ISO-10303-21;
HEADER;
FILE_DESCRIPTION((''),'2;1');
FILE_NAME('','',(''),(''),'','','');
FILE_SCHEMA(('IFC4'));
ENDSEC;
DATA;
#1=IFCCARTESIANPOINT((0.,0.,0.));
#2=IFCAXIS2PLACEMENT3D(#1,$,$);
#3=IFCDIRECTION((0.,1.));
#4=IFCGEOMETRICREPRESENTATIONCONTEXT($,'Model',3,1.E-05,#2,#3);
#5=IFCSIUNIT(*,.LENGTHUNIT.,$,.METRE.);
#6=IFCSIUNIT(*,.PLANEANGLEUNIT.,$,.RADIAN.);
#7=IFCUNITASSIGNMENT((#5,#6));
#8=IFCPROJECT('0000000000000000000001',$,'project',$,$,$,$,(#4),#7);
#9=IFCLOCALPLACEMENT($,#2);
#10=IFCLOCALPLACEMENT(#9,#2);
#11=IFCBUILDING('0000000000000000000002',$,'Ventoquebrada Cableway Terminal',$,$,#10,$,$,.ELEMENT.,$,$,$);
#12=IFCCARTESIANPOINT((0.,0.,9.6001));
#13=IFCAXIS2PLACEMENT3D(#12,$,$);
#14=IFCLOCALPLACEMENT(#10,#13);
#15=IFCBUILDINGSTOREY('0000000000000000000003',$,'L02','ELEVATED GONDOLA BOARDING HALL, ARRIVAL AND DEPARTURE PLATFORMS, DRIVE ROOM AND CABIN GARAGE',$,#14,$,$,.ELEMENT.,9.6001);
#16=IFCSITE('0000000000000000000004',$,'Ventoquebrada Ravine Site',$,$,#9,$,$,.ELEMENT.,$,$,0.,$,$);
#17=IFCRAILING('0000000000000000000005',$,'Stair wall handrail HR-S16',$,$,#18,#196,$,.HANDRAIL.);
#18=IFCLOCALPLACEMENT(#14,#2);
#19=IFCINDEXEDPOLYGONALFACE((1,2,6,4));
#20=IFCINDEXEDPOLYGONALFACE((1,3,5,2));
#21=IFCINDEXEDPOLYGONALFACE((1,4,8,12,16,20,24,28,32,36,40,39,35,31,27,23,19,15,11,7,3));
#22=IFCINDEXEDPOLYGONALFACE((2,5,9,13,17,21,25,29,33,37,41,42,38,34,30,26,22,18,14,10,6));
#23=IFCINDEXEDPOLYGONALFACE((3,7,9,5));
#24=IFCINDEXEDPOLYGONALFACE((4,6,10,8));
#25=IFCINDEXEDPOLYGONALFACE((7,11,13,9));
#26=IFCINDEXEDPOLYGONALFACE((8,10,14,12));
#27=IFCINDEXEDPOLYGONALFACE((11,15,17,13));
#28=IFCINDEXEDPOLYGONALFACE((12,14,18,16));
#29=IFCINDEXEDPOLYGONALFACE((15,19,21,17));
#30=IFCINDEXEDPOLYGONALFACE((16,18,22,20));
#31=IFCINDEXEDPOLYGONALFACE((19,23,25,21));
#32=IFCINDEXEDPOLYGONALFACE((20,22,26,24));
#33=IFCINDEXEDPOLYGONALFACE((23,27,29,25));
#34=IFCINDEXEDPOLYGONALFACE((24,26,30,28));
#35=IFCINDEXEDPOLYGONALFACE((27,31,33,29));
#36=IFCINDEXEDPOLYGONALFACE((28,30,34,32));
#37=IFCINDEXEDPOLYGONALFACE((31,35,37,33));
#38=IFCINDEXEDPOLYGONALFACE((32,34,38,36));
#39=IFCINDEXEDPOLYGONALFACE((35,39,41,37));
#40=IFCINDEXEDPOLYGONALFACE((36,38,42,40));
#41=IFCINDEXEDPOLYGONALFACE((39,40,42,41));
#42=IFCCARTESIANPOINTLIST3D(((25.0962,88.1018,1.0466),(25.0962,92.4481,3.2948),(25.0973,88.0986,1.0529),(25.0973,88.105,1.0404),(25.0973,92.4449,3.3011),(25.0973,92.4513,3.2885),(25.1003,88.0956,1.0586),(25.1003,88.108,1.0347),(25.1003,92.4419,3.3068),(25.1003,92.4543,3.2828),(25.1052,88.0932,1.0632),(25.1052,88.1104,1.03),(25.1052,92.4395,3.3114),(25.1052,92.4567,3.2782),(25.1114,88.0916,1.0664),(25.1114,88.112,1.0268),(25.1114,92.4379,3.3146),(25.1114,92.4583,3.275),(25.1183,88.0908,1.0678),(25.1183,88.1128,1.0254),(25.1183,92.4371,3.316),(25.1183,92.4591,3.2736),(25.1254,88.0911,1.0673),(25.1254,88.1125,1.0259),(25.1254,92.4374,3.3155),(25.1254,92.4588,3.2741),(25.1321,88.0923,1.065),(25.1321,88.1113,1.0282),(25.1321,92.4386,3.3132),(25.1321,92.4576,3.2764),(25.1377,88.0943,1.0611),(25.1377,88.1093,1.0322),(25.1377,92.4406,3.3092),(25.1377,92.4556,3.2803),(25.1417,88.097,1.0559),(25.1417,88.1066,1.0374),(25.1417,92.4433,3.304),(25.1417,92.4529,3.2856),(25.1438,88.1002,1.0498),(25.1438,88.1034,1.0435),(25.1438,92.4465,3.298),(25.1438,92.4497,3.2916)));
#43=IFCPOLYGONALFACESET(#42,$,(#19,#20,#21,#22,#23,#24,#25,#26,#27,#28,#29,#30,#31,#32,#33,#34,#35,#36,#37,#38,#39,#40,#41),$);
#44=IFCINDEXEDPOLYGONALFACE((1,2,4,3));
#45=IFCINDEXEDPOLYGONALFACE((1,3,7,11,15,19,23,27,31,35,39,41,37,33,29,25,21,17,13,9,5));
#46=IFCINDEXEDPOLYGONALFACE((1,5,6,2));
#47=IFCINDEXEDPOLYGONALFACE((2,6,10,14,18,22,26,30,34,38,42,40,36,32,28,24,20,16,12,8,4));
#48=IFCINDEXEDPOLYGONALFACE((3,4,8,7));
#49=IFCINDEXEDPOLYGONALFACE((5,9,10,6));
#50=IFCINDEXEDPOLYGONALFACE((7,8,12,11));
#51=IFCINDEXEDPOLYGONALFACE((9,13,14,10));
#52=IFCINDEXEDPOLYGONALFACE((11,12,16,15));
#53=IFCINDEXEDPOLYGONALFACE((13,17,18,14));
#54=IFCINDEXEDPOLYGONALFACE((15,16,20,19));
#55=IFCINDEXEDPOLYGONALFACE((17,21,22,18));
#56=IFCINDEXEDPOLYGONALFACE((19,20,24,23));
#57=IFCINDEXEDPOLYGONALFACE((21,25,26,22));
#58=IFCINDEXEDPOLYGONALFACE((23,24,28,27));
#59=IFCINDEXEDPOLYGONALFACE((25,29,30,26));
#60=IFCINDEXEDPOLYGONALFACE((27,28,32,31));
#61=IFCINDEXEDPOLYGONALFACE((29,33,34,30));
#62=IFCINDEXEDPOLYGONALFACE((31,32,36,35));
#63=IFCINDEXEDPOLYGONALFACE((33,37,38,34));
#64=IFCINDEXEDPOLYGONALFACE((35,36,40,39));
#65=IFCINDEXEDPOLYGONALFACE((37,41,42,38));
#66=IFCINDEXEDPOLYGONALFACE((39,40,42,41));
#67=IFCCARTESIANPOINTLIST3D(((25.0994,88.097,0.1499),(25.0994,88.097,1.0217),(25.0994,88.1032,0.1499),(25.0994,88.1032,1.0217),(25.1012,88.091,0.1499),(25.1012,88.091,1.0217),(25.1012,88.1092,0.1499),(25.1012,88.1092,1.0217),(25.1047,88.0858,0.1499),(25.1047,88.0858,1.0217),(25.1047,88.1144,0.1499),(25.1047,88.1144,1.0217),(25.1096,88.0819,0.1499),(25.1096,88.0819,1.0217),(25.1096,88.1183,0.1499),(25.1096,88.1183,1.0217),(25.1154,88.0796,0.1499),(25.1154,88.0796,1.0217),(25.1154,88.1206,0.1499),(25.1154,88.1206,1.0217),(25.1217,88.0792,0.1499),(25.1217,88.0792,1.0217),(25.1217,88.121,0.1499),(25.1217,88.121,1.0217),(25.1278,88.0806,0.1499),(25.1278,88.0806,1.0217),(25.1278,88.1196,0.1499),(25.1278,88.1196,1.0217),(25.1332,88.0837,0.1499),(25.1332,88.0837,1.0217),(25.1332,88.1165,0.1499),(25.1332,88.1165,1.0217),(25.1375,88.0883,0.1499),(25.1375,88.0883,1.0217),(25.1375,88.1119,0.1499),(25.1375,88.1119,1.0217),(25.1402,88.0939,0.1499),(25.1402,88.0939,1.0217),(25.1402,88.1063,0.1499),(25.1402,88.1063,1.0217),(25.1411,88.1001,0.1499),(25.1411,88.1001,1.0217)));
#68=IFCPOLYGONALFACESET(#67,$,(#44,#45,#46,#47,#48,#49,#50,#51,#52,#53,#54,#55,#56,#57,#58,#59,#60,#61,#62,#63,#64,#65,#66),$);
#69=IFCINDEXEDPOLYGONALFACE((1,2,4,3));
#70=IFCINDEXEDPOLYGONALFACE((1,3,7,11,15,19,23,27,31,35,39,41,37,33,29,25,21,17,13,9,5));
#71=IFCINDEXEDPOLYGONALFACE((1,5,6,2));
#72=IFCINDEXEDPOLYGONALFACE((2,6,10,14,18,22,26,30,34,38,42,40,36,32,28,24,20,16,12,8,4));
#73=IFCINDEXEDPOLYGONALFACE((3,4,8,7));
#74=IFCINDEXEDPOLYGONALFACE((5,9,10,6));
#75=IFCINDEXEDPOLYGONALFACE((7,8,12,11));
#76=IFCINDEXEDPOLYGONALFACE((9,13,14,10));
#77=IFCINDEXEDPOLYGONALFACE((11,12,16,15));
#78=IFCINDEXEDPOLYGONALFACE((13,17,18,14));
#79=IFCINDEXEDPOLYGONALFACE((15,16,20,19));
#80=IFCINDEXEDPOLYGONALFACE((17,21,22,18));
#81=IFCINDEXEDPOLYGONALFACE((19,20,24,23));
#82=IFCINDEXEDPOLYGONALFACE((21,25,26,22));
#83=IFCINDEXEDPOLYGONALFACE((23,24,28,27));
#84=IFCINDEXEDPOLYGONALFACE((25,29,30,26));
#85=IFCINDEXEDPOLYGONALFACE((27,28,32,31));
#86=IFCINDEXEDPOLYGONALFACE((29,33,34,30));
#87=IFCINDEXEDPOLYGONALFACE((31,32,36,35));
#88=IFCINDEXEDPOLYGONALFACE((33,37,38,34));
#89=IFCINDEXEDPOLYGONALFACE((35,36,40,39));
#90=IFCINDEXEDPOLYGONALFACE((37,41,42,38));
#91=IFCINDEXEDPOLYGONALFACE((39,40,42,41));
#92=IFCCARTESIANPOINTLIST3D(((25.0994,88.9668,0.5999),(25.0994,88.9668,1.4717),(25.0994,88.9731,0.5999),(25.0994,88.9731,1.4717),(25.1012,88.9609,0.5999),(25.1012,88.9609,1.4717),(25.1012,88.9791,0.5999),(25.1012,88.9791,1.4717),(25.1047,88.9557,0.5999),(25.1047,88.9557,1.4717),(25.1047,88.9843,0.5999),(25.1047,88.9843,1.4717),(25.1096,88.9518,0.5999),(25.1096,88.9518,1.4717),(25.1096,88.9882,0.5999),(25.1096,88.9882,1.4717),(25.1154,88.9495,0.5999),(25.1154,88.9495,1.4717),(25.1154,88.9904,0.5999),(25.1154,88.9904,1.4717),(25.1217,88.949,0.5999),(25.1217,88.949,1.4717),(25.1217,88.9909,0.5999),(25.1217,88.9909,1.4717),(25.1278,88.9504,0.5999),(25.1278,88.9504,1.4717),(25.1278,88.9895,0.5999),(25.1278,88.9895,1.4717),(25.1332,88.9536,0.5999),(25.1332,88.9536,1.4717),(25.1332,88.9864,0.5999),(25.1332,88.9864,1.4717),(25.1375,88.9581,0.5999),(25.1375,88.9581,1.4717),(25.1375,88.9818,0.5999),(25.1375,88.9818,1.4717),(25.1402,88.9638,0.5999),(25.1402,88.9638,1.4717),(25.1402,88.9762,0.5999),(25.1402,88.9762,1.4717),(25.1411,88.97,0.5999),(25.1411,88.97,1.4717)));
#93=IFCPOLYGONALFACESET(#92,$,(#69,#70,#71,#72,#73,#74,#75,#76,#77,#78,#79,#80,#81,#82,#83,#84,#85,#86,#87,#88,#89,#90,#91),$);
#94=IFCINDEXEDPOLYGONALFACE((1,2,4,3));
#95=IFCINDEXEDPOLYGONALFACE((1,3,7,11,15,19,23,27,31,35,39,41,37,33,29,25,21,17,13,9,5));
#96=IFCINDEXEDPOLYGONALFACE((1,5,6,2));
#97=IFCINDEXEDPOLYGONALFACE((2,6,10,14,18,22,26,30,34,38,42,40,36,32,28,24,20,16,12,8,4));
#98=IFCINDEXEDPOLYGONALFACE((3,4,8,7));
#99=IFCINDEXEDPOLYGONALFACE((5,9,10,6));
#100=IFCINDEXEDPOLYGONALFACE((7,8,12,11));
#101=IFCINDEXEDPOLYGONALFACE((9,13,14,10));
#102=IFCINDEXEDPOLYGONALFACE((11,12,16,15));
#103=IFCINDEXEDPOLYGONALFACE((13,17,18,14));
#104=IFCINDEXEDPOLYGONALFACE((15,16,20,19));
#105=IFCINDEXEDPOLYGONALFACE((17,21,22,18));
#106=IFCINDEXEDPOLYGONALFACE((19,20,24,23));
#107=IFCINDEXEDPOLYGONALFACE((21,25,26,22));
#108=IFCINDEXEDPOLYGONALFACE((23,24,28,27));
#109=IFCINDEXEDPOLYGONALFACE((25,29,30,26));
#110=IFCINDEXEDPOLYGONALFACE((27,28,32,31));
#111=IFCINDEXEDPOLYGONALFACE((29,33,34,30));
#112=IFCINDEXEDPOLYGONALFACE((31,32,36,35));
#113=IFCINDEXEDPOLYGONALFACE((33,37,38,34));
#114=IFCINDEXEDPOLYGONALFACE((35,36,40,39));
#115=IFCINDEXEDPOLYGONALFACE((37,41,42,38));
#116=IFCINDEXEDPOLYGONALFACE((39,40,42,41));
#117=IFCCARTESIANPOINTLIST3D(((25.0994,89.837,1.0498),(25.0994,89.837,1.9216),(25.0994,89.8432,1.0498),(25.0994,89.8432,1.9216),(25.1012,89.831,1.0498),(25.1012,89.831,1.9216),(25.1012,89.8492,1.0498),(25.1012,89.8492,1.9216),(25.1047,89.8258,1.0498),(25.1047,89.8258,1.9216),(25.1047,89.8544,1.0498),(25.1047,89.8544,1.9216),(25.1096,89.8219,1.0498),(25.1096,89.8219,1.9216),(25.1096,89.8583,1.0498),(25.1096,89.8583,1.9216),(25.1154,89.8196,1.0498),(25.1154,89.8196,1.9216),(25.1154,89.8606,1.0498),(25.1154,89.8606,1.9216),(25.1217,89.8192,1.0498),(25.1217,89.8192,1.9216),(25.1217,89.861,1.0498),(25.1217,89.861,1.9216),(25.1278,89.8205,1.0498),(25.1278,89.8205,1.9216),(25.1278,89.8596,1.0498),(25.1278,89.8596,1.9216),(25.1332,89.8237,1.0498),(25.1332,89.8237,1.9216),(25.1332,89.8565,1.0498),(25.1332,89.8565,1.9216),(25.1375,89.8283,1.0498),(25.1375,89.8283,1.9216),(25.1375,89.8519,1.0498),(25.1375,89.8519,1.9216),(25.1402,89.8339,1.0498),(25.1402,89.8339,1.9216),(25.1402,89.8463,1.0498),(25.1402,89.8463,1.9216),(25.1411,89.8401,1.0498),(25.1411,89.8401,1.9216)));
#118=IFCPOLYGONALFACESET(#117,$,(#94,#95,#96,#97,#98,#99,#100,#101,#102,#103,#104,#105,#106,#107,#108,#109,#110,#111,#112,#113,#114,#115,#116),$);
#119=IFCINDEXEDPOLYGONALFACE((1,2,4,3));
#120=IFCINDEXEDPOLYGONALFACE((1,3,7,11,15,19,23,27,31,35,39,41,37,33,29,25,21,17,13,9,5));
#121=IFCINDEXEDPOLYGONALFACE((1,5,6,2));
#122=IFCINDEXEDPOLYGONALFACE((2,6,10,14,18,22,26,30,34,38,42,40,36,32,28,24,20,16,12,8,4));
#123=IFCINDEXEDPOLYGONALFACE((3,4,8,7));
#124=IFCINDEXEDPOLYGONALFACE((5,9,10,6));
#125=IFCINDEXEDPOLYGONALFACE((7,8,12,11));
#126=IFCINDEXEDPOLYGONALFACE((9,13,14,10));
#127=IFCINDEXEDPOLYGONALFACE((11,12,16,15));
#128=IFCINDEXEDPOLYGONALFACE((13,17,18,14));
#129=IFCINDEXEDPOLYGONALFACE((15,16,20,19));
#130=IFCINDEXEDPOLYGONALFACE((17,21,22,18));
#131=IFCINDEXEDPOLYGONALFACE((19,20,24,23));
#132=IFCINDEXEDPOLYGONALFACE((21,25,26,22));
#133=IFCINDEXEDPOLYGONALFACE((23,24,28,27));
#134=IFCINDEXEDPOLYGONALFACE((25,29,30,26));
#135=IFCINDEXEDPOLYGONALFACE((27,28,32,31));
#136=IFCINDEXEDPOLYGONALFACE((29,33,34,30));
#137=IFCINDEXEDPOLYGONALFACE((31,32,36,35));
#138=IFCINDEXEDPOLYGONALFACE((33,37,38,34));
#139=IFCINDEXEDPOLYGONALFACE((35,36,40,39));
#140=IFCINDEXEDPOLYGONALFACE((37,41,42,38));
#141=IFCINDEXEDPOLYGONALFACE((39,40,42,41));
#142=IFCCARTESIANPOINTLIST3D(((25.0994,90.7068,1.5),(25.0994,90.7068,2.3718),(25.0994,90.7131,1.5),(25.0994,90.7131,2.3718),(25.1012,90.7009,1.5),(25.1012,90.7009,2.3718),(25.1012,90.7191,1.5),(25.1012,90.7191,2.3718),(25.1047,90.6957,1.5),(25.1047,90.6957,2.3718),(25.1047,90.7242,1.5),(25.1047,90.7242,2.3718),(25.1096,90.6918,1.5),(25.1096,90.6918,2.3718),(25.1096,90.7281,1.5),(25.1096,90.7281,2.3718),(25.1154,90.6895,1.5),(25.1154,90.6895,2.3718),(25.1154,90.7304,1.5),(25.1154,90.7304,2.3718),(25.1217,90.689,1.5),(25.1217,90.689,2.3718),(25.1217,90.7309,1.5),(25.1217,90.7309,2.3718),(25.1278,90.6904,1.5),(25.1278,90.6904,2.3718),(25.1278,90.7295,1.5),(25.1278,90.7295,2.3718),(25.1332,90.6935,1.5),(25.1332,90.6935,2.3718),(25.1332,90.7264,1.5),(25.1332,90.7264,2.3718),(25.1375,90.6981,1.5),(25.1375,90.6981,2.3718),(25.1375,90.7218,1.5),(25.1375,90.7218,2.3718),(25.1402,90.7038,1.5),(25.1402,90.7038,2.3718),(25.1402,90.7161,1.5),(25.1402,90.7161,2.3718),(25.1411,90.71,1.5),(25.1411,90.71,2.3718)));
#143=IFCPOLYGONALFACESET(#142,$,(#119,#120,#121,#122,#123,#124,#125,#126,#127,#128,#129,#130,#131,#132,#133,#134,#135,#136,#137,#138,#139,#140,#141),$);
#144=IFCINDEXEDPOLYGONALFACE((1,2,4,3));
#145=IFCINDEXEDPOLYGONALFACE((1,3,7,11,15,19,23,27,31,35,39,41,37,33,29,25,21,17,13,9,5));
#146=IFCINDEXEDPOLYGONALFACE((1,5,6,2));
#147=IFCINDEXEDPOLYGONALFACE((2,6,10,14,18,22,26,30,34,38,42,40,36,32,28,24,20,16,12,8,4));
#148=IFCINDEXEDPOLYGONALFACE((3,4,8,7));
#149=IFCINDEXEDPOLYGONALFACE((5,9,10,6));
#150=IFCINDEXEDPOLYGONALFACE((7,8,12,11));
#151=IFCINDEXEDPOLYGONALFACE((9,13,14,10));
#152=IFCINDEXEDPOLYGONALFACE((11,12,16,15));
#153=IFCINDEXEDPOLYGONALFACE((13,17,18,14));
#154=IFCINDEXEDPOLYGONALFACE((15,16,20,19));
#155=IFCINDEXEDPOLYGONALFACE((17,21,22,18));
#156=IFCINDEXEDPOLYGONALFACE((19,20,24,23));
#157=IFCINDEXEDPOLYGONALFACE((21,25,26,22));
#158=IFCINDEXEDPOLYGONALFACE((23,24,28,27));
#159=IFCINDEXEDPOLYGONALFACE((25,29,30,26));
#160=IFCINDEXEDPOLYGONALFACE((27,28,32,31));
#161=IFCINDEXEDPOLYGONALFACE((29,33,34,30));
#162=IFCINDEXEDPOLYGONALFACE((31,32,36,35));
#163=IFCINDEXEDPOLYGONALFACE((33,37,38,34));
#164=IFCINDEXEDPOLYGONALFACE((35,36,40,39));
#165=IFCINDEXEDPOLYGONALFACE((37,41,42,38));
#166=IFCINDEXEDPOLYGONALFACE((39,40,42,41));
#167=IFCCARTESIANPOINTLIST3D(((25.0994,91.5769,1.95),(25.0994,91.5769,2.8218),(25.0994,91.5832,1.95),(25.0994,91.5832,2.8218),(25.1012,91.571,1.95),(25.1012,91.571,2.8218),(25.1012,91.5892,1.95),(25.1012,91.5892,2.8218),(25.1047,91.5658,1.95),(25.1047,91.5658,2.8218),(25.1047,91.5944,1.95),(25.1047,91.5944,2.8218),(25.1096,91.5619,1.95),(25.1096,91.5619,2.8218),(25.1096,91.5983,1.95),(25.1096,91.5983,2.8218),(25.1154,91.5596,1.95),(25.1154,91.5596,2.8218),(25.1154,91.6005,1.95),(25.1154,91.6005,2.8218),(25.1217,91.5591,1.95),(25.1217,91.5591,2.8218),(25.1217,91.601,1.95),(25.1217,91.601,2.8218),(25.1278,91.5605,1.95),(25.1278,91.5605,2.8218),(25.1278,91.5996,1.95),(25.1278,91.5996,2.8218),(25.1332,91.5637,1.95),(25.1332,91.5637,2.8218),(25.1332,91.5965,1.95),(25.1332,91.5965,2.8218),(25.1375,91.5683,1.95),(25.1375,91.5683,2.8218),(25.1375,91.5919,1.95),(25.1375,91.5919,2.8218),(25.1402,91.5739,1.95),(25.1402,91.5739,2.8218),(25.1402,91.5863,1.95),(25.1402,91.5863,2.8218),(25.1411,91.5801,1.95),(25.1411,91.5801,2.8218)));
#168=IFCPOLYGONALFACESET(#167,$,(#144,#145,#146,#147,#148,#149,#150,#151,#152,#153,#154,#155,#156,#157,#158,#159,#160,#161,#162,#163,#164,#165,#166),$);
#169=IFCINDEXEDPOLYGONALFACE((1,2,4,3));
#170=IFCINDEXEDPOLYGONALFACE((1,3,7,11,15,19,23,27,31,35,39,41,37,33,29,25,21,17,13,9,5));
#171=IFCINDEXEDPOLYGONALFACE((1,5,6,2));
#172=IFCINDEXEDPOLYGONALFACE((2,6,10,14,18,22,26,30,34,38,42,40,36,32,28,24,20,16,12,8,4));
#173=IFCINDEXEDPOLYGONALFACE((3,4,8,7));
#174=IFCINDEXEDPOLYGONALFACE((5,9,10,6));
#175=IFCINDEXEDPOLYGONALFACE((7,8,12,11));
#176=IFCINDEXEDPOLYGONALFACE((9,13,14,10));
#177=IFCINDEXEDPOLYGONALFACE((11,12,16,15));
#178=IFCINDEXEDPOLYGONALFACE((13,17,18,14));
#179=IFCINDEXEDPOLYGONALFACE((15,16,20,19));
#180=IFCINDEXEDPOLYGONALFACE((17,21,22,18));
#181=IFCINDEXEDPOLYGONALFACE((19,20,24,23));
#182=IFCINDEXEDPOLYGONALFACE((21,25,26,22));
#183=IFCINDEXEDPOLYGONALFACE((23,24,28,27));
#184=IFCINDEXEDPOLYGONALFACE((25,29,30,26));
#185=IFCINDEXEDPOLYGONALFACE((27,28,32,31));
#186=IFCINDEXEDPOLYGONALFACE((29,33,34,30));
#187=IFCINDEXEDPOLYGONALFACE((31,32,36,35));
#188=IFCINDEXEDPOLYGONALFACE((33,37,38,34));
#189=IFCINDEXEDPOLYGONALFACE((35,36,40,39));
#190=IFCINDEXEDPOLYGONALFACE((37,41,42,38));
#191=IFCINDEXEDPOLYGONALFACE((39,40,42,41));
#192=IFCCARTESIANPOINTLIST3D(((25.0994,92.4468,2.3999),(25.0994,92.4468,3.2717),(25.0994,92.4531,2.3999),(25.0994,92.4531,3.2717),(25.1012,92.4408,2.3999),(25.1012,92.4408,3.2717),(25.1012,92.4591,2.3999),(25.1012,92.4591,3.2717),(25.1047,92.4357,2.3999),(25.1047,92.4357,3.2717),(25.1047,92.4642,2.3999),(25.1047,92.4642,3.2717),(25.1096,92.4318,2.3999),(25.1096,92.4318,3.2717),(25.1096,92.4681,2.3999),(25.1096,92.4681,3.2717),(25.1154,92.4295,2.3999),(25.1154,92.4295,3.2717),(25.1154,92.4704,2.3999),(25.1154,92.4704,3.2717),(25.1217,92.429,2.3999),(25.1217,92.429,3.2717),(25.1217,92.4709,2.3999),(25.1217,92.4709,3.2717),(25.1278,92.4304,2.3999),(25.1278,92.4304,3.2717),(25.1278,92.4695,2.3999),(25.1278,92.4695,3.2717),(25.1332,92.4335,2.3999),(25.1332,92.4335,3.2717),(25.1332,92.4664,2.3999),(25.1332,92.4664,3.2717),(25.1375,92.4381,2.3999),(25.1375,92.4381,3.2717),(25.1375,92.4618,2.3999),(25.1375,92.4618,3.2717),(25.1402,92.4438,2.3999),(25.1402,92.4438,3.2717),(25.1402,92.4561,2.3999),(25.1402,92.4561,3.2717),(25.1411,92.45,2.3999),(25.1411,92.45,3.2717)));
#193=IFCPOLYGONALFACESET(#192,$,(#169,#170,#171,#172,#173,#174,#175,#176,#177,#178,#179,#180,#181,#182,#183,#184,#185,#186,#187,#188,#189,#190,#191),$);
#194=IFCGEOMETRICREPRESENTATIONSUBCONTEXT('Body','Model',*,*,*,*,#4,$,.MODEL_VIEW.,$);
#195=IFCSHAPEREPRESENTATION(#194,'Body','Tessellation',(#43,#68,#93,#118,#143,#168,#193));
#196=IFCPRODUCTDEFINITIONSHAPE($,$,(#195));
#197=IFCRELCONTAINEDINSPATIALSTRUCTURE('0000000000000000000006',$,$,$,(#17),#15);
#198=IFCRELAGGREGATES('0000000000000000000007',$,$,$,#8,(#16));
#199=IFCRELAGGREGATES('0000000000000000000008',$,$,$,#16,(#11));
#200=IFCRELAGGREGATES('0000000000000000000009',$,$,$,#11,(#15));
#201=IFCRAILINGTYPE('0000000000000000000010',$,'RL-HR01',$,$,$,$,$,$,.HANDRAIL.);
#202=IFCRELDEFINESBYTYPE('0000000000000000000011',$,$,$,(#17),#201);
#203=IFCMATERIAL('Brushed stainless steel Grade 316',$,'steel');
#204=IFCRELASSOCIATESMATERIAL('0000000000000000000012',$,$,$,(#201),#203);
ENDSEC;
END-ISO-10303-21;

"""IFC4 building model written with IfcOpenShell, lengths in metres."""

from ifc_helpers import new_model, si_unit, direction, frame, origin, origin_2d, place, context, subcontext, project, spatial, circle, extrude, material, type_object, element, save


model = new_model("IFC4")

# Units and contexts
model_context = context("Model", 3, precision=1e-05, world=origin(), true_north=direction((0.0, 1.0)))
body_context = subcontext(model_context, "Body", "Model", "MODEL_VIEW")
ifc_project = project(units=[si_unit("LENGTHUNIT", "METRE"), si_unit("PLANEANGLEUNIT", "RADIAN")], contexts=[model_context])

# Site, building, storey
site_placement = place(None, origin())
site = spatial("IfcSite", under=ifc_project, at=site_placement, Name="Ventoquebrada Ravine Site", CompositionType="ELEMENT", RefElevation=0.0)
building_placement = place(site_placement, origin())
building = spatial("IfcBuilding", under=site, at=building_placement, Name="Ventoquebrada Cableway Terminal", CompositionType="ELEMENT")
storey_placement = place(building_placement, frame((0.0, 0.0, 9.6001)))
storey = spatial("IfcBuildingStorey", under=building, at=storey_placement, Name="L02", Description="ELEVATED GONDOLA BOARDING HALL, ARRIVAL AND DEPARTURE PLATFORMS, DRIVE ROOM AND CABIN GARAGE", CompositionType="ELEMENT", Elevation=9.6001)

# Railing
ifc_material_1 = material(Name="Brushed stainless steel Grade 316", Category="steel")
railing_type_1 = type_object("IfcRailingType", Name="RL-HR01", PredefinedType="HANDRAIL", material=ifc_material_1)
railing_1_placement = place(storey_placement, frame((25.1201, 88.1001, 0.1499)))
element("IfcRailing", 1, at=railing_1_placement, inside=storey, type_object=railing_type_1, Name="Stair wall handrail HR-S16", PredefinedType="HANDRAIL", context=body_context, shape_type="SweptSolid", body=[
    extrude(circle(Radius=0.0239, at=origin_2d()), frame((0.0, 0.0017, 0.8967), z_axis=(0.0, 0.888211, 0.459435), x_axis=(-1.0, 0.0, 0.0)), (0.0, 0.0, 1.0), 4.8933),
    extrude(circle(Radius=0.021, at=origin_2d()), origin(), (0.0, 0.0, 1.0), 0.8718),
    extrude(circle(Radius=0.021, at=origin_2d()), frame((0.0, 0.8699, 0.45)), (0.0, 0.0, 1.0), 0.8718),
    extrude(circle(Radius=0.021, at=origin_2d()), frame((0.0, 1.74, 0.8999)), (0.0, 0.0, 1.0), 0.8718),
    extrude(circle(Radius=0.021, at=origin_2d()), frame((0.0, 2.6099, 1.3501)), (0.0, 0.0, 1.0), 0.8718),
    extrude(circle(Radius=0.021, at=origin_2d()), frame((0.0, 3.48, 1.8)), (0.0, 0.0, 1.0), 0.8718),
    extrude(circle(Radius=0.021, at=origin_2d()), frame((0.0, 4.3499, 2.25)), (0.0, 0.0, 1.0), 0.8718),
])

save(model, "model.ifc")
